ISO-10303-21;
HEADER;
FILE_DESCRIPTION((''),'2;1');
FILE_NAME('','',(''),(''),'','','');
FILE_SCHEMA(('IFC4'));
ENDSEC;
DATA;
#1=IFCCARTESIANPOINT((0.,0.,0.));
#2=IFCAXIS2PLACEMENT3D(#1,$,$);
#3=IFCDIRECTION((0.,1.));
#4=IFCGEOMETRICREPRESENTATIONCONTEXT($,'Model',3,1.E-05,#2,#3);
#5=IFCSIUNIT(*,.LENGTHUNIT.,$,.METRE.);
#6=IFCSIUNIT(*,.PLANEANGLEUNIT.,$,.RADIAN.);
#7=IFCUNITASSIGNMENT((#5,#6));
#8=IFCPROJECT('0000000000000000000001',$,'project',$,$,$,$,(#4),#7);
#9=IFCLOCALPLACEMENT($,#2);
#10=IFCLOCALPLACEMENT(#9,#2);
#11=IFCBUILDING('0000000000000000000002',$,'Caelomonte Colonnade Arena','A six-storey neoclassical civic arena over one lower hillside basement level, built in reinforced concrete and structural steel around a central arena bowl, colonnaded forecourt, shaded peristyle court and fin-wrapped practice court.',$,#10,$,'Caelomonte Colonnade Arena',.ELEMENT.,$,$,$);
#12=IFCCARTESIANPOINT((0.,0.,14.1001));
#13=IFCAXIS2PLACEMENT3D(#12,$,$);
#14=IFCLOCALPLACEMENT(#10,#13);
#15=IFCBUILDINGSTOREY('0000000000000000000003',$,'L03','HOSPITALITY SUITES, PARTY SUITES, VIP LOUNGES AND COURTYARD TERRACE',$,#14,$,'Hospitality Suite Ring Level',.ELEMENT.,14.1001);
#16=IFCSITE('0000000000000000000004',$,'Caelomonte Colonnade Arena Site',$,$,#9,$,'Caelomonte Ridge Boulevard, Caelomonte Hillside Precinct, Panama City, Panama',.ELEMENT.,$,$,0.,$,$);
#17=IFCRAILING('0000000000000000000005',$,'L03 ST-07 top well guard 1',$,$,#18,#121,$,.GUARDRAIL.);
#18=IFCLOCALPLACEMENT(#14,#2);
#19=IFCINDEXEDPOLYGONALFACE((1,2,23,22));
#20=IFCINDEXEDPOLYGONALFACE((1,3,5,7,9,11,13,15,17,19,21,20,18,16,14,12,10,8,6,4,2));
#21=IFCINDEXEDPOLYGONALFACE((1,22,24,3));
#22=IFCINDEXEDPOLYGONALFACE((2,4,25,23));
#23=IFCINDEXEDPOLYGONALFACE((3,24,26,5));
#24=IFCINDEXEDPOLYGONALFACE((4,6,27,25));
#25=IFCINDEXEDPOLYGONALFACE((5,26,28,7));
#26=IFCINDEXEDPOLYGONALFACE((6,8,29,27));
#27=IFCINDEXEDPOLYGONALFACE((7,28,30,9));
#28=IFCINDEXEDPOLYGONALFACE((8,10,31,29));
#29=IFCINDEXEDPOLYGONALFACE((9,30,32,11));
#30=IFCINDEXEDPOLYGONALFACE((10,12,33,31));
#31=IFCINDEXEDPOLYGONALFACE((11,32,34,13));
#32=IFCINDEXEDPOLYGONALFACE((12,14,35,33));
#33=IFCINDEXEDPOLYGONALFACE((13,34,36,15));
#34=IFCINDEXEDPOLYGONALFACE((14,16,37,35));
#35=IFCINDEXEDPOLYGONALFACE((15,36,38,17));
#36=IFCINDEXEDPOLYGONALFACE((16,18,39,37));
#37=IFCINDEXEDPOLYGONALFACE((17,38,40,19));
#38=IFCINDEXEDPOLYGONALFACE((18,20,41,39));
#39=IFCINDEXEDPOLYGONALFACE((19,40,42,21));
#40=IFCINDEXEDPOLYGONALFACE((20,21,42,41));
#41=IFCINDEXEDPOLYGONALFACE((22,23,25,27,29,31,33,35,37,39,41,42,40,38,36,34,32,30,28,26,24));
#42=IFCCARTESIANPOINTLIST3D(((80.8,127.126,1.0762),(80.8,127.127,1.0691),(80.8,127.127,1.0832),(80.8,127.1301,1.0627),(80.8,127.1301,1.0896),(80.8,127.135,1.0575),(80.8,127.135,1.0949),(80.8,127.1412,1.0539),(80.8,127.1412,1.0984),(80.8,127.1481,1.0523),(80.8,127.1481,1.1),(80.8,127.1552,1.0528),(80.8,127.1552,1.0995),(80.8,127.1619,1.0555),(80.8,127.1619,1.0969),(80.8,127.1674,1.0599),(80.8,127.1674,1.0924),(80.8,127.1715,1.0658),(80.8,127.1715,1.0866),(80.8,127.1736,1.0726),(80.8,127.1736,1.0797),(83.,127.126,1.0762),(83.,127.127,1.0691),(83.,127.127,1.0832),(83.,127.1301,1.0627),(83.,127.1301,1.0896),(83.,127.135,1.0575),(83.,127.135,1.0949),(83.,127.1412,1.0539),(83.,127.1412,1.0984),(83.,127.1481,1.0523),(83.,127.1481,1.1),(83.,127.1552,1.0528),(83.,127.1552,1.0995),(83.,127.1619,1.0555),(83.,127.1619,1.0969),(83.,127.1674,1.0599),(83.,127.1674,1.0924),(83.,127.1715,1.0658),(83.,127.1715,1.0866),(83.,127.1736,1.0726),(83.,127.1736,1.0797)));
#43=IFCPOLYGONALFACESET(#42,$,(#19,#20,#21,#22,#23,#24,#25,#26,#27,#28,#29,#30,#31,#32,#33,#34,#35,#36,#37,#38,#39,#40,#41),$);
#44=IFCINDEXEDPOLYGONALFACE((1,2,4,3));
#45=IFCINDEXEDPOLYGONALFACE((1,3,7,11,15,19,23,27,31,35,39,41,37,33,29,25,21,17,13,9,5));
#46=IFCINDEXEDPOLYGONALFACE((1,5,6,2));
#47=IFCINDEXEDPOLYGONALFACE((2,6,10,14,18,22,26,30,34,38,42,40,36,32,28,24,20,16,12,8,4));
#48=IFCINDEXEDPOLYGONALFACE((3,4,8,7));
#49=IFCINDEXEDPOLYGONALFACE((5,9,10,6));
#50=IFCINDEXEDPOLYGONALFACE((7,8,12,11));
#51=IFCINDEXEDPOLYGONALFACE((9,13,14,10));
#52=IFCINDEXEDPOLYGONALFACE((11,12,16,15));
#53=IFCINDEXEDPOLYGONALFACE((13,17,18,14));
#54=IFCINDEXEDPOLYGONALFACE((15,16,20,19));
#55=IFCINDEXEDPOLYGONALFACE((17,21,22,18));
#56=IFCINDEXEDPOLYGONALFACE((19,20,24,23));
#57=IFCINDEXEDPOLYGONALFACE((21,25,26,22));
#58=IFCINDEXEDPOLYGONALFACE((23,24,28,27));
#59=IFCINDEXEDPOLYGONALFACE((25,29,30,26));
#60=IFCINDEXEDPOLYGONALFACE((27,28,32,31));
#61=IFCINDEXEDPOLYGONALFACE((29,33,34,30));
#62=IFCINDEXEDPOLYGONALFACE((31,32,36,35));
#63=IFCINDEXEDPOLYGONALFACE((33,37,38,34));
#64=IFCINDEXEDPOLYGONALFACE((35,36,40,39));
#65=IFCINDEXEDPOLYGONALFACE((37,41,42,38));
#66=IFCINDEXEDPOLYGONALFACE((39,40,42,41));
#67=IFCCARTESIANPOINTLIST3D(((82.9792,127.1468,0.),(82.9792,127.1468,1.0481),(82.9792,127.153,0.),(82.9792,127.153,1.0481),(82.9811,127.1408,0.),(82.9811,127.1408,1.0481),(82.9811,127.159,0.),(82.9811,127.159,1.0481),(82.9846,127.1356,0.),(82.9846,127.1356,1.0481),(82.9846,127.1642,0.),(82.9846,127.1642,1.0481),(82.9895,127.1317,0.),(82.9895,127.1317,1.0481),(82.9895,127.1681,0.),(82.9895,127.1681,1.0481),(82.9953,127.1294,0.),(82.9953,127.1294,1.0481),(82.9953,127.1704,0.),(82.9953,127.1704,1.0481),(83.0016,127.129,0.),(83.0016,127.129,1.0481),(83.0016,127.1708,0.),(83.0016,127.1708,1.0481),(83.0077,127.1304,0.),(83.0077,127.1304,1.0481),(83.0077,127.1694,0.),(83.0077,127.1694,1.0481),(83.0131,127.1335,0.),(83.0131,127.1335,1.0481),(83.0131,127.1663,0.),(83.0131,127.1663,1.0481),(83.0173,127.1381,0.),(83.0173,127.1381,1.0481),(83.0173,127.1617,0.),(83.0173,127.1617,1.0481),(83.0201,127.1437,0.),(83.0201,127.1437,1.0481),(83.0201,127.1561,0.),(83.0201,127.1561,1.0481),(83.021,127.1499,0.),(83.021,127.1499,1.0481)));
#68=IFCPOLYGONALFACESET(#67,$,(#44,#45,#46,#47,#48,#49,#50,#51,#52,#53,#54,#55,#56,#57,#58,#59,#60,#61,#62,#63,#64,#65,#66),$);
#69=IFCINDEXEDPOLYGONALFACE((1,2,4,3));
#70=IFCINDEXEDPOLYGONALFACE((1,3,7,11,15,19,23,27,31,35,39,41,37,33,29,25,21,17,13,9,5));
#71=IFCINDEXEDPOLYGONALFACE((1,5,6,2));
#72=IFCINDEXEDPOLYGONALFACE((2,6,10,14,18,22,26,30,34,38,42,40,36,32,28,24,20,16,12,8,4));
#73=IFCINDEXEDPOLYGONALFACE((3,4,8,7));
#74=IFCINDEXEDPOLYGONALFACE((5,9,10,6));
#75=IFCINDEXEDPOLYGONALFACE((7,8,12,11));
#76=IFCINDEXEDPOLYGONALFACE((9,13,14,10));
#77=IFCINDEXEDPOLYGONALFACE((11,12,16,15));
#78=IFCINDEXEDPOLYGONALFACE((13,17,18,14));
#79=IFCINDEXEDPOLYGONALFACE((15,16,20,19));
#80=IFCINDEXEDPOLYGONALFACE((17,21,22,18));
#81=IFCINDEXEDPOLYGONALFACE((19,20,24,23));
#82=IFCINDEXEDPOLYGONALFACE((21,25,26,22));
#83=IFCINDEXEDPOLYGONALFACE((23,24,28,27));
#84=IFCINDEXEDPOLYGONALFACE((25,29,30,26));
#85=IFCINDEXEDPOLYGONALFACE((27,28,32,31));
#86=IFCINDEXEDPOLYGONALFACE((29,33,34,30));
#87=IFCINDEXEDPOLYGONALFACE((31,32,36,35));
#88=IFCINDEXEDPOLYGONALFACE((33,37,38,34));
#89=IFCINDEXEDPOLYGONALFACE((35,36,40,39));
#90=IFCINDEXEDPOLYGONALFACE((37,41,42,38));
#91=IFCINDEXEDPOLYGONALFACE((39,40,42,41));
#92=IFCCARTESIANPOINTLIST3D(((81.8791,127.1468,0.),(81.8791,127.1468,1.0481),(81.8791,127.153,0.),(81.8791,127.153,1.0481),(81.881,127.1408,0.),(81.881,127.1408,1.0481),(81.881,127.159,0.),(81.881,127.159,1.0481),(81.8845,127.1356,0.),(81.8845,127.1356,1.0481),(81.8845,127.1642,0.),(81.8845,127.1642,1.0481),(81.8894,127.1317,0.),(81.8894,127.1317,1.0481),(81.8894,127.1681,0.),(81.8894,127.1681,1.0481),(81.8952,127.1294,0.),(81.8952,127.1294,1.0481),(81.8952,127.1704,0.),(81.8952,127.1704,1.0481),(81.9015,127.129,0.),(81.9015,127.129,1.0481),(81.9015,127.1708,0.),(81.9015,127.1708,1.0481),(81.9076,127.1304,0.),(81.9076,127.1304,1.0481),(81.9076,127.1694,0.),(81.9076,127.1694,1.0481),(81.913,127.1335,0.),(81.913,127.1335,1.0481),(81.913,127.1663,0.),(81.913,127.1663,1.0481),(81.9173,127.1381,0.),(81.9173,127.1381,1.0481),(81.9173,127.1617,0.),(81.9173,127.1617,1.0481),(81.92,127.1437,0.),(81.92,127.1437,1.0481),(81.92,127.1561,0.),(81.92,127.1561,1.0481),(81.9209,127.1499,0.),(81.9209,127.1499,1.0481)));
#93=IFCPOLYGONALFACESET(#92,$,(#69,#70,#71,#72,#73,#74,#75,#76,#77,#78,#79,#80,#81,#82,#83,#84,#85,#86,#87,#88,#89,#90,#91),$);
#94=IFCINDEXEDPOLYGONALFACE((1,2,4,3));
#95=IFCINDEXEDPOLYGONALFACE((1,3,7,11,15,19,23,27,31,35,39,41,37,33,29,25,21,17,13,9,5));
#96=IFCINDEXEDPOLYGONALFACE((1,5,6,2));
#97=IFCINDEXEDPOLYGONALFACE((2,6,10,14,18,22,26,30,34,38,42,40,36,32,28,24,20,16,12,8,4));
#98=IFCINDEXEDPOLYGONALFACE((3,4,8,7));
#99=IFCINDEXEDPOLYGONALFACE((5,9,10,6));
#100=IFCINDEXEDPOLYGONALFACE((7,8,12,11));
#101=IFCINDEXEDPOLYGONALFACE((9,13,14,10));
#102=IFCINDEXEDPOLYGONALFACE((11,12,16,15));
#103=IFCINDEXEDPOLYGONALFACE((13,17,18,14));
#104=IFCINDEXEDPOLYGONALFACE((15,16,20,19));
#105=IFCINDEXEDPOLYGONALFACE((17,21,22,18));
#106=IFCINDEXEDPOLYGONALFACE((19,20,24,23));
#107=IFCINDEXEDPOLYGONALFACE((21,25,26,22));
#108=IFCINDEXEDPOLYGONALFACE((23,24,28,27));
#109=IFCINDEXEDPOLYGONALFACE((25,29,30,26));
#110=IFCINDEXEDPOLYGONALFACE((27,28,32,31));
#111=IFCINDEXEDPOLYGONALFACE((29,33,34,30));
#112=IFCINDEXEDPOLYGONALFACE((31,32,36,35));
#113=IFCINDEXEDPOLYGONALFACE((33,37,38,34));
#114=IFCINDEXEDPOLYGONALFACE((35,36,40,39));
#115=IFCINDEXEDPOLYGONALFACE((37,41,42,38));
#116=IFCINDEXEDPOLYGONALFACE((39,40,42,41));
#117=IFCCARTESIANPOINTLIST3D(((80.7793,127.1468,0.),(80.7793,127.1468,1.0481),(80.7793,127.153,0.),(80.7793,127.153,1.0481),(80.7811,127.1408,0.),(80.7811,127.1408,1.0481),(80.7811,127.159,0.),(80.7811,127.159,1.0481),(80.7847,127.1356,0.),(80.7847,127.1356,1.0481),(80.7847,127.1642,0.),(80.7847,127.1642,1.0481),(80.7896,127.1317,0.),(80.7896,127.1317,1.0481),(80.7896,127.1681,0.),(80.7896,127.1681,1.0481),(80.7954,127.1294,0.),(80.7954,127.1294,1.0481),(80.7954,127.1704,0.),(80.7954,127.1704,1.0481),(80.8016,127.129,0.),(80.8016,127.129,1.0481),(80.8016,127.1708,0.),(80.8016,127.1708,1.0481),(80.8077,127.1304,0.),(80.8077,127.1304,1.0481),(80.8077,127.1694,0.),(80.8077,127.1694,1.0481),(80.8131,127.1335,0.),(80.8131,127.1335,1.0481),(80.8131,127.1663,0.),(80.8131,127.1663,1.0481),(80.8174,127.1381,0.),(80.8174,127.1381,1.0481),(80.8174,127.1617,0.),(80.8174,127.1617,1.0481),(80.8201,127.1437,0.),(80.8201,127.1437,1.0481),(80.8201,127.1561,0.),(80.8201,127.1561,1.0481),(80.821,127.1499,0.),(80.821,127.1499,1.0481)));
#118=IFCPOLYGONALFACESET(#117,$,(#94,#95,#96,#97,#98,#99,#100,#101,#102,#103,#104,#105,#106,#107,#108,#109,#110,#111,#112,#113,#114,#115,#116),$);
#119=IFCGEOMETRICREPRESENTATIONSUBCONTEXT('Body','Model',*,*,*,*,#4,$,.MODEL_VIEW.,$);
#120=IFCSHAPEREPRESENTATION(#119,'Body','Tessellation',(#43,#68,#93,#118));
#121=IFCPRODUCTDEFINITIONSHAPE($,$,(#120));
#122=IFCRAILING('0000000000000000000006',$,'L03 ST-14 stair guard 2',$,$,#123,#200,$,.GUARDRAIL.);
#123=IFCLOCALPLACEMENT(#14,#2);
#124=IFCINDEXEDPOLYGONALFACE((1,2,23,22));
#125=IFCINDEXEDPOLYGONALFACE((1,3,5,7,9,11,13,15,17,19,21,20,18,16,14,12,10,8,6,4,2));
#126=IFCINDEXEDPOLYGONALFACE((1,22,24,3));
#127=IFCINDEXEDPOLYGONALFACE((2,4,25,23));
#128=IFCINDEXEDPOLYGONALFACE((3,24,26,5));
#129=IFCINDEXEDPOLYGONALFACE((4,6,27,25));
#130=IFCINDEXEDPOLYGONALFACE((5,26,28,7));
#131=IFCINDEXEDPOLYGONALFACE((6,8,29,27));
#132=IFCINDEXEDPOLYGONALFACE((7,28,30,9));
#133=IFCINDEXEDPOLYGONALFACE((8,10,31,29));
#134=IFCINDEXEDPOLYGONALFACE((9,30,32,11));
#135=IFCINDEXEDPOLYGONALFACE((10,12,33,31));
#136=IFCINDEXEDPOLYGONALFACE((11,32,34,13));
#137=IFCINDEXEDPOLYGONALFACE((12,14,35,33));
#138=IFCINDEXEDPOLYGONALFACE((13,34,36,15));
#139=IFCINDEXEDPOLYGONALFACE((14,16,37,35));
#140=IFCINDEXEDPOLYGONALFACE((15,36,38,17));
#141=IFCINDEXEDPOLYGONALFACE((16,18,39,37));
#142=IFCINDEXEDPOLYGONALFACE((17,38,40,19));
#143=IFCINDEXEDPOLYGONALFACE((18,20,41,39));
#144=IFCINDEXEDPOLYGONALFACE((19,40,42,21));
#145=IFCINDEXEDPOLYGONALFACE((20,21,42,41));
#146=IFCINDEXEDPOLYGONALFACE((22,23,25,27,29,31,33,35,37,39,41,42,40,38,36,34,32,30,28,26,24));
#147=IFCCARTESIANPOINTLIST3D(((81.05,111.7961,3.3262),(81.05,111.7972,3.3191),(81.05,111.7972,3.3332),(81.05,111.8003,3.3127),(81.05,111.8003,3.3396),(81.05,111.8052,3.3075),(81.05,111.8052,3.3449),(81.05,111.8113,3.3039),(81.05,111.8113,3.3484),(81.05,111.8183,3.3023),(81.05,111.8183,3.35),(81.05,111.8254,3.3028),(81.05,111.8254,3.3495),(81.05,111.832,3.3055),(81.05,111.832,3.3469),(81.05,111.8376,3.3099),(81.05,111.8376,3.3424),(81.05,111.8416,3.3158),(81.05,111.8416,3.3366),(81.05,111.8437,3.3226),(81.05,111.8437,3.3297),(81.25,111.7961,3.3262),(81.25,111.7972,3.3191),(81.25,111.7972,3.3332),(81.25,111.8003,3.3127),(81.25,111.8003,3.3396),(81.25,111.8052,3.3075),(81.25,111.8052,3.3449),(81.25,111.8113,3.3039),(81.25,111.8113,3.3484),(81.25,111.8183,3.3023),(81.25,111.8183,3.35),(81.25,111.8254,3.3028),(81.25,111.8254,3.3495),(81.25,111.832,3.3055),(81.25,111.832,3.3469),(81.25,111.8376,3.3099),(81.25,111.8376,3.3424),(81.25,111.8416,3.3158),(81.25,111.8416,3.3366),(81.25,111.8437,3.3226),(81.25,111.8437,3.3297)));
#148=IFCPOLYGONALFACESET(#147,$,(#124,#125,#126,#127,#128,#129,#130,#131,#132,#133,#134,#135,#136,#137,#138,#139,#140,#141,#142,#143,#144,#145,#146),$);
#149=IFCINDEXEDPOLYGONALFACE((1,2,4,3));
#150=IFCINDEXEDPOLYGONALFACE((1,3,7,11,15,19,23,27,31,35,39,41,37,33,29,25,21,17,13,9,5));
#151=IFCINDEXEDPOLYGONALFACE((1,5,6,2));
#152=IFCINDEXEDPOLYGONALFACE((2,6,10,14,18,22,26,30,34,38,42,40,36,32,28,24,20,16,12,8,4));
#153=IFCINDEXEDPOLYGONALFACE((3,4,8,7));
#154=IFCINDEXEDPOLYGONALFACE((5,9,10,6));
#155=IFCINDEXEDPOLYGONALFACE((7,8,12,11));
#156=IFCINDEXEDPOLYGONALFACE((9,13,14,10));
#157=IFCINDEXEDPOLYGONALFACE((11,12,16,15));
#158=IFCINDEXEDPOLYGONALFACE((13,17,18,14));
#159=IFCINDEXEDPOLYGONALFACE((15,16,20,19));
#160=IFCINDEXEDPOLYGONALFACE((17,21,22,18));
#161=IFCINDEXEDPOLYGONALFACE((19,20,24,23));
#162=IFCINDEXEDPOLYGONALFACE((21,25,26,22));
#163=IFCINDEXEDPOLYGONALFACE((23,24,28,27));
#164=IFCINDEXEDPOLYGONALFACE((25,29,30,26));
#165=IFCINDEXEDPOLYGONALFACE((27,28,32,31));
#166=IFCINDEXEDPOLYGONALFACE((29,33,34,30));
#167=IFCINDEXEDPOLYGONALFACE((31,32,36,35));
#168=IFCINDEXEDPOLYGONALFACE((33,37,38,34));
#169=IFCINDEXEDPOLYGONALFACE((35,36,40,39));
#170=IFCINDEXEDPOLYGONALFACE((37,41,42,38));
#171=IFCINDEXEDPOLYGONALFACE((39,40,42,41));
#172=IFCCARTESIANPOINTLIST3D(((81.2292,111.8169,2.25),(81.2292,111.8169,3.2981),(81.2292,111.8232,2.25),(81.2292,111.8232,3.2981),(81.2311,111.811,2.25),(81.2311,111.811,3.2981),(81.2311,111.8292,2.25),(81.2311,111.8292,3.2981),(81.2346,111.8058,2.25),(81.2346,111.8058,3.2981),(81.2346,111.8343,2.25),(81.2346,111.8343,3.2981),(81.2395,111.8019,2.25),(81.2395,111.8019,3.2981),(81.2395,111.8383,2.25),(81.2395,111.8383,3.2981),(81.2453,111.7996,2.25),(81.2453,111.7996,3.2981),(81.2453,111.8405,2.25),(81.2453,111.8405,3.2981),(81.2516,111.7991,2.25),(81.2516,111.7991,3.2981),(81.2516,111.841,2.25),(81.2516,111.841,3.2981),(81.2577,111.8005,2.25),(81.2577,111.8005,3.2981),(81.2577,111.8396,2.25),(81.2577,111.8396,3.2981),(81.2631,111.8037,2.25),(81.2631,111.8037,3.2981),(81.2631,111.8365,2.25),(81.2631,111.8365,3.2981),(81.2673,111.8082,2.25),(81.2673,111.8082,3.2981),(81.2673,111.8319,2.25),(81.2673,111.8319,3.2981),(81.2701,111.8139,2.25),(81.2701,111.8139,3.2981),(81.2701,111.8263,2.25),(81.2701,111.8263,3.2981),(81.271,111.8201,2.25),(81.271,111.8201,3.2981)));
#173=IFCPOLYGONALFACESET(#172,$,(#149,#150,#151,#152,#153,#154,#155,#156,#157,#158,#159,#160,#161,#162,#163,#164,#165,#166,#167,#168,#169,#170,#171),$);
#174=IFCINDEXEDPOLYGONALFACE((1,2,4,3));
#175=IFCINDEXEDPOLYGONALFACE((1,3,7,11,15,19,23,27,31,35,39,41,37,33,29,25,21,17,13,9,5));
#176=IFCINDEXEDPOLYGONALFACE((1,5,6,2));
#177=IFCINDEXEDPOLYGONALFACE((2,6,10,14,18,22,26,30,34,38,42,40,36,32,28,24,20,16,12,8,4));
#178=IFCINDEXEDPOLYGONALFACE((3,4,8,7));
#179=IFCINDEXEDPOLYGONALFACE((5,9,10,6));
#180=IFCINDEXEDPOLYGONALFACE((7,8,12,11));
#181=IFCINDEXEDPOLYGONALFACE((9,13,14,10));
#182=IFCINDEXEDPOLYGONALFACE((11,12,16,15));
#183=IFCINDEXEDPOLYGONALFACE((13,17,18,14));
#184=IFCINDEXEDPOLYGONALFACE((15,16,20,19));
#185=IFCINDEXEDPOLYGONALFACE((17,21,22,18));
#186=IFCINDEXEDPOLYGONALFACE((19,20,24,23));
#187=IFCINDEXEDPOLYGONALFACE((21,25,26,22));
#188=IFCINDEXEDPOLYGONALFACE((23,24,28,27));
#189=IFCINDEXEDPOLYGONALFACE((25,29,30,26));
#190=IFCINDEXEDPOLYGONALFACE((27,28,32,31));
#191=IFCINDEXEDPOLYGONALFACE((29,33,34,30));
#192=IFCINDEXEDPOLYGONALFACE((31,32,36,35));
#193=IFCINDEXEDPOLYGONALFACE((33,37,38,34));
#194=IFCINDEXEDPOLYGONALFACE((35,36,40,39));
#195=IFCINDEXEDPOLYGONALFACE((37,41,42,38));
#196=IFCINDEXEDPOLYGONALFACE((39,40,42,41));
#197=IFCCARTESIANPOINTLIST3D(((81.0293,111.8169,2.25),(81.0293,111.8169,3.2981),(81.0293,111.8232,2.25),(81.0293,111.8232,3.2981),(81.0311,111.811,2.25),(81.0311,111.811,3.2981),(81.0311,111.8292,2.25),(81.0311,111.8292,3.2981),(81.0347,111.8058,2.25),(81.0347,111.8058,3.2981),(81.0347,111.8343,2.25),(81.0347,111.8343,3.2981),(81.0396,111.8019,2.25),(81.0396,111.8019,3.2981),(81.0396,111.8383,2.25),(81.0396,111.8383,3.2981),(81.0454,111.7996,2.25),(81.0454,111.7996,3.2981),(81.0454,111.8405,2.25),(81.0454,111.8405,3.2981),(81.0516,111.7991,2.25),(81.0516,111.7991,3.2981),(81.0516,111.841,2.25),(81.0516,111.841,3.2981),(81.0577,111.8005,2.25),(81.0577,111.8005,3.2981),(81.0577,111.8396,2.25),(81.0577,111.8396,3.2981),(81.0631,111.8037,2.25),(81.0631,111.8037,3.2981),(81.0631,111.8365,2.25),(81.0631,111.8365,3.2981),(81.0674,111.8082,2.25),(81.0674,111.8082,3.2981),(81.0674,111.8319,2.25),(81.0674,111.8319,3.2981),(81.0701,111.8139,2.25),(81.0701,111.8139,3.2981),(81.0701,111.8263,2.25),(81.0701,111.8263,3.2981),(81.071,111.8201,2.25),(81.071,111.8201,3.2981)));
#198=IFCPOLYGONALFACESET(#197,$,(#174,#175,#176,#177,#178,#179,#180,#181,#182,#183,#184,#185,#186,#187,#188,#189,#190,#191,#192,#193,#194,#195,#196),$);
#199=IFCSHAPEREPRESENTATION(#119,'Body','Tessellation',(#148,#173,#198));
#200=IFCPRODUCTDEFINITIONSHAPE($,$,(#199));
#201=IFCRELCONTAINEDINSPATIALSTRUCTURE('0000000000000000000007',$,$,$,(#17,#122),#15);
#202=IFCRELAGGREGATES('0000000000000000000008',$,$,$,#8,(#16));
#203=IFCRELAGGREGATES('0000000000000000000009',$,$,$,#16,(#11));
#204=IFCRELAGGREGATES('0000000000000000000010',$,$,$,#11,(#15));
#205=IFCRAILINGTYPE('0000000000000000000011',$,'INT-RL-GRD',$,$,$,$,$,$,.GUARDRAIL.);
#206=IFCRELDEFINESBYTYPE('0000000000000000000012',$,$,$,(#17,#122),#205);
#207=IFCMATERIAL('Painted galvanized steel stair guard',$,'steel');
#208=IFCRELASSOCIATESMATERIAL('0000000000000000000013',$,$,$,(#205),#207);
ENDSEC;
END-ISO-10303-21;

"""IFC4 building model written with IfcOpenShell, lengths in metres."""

from ifc_helpers import new_model, si_unit, direction, frame, origin, origin_2d, place, context, subcontext, project, spatial, circle, extrude, material, type_object, element, save


model = new_model("IFC4")

# Units and contexts
model_context = context("Model", 3, precision=1e-05, world=origin(), true_north=direction((0.0, 1.0)))
body_context = subcontext(model_context, "Body", "Model", "MODEL_VIEW")
ifc_project = project(units=[si_unit("LENGTHUNIT", "METRE"), si_unit("PLANEANGLEUNIT", "RADIAN")], contexts=[model_context])

# Site, building, storey
site_placement = place(None, origin())
site = spatial("IfcSite", under=ifc_project, at=site_placement, Name="Caelomonte Colonnade Arena Site", LongName="Caelomonte Ridge Boulevard, Caelomonte Hillside Precinct, Panama City, Panama", CompositionType="ELEMENT", RefElevation=0.0)
building_placement = place(site_placement, origin())
building = spatial("IfcBuilding", under=site, at=building_placement, Name="Caelomonte Colonnade Arena", Description="A six-storey neoclassical civic arena over one lower hillside basement level, built in reinforced concrete and structural steel around a central arena bowl, colonnaded forecourt, shaded peristyle court and fin-wrapped practice court.", LongName="Caelomonte Colonnade Arena", CompositionType="ELEMENT")
storey_placement = place(building_placement, frame((0.0, 0.0, 14.1001)))
storey = spatial("IfcBuildingStorey", under=building, at=storey_placement, Name="L03", Description="HOSPITALITY SUITES, PARTY SUITES, VIP LOUNGES AND COURTYARD TERRACE", LongName="Hospitality Suite Ring Level", CompositionType="ELEMENT", Elevation=14.1001)

# Railings
ifc_material_1 = material(Name="Painted galvanized steel stair guard", Category="steel")
railing_type_1 = type_object("IfcRailingType", Name="INT-RL-GRD", PredefinedType="GUARDRAIL", material=ifc_material_1)
railing_1_placement = place(storey_placement, frame((83.0, 127.1499, 0.0)))
element("IfcRailing", 1, at=railing_1_placement, inside=storey, type_object=railing_type_1, Name="L03 ST-07 top well guard 1", PredefinedType="GUARDRAIL", context=body_context, shape_type="SweptSolid", body=[
    extrude(circle(Radius=0.0239, at=origin_2d()), frame((0.0, 0.0, 1.0762), z_axis=(-1.0, 0.0, 0.0), x_axis=(0.0, -1.0, 0.0)), (0.0, 0.0, 1.0), 2.2),
    extrude(circle(Radius=0.021, at=origin_2d()), origin(), (0.0, 0.0, 1.0), 1.0481),
    extrude(circle(Radius=0.021, at=origin_2d()), frame((-1.1001, 0.0, 0.0)), (0.0, 0.0, 1.0), 1.0481),
    extrude(circle(Radius=0.021, at=origin_2d()), frame((-2.2, 0.0, 0.0)), (0.0, 0.0, 1.0), 1.0481),
])
railing_2_placement = place(storey_placement, frame((81.25, 111.8201, 2.25)))
element("IfcRailing", 2, at=railing_2_placement, inside=storey, type_object=railing_type_1, Name="L03 ST-14 stair guard 2", PredefinedType="GUARDRAIL", context=body_context, shape_type="SweptSolid", body=[
    extrude(circle(Radius=0.0239, at=origin_2d()), frame((0.0, 0.0, 1.0762), z_axis=(-1.0, 0.0, 0.0), x_axis=(0.0, -1.0, 0.0)), (0.0, 0.0, 1.0), 0.2),
    extrude(circle(Radius=0.021, at=origin_2d()), origin(), (0.0, 0.0, 1.0), 1.0481),
    extrude(circle(Radius=0.021, at=origin_2d()), frame((-0.2, 0.0, 0.0)), (0.0, 0.0, 1.0), 1.0481),
])

save(model, "model.ifc")
